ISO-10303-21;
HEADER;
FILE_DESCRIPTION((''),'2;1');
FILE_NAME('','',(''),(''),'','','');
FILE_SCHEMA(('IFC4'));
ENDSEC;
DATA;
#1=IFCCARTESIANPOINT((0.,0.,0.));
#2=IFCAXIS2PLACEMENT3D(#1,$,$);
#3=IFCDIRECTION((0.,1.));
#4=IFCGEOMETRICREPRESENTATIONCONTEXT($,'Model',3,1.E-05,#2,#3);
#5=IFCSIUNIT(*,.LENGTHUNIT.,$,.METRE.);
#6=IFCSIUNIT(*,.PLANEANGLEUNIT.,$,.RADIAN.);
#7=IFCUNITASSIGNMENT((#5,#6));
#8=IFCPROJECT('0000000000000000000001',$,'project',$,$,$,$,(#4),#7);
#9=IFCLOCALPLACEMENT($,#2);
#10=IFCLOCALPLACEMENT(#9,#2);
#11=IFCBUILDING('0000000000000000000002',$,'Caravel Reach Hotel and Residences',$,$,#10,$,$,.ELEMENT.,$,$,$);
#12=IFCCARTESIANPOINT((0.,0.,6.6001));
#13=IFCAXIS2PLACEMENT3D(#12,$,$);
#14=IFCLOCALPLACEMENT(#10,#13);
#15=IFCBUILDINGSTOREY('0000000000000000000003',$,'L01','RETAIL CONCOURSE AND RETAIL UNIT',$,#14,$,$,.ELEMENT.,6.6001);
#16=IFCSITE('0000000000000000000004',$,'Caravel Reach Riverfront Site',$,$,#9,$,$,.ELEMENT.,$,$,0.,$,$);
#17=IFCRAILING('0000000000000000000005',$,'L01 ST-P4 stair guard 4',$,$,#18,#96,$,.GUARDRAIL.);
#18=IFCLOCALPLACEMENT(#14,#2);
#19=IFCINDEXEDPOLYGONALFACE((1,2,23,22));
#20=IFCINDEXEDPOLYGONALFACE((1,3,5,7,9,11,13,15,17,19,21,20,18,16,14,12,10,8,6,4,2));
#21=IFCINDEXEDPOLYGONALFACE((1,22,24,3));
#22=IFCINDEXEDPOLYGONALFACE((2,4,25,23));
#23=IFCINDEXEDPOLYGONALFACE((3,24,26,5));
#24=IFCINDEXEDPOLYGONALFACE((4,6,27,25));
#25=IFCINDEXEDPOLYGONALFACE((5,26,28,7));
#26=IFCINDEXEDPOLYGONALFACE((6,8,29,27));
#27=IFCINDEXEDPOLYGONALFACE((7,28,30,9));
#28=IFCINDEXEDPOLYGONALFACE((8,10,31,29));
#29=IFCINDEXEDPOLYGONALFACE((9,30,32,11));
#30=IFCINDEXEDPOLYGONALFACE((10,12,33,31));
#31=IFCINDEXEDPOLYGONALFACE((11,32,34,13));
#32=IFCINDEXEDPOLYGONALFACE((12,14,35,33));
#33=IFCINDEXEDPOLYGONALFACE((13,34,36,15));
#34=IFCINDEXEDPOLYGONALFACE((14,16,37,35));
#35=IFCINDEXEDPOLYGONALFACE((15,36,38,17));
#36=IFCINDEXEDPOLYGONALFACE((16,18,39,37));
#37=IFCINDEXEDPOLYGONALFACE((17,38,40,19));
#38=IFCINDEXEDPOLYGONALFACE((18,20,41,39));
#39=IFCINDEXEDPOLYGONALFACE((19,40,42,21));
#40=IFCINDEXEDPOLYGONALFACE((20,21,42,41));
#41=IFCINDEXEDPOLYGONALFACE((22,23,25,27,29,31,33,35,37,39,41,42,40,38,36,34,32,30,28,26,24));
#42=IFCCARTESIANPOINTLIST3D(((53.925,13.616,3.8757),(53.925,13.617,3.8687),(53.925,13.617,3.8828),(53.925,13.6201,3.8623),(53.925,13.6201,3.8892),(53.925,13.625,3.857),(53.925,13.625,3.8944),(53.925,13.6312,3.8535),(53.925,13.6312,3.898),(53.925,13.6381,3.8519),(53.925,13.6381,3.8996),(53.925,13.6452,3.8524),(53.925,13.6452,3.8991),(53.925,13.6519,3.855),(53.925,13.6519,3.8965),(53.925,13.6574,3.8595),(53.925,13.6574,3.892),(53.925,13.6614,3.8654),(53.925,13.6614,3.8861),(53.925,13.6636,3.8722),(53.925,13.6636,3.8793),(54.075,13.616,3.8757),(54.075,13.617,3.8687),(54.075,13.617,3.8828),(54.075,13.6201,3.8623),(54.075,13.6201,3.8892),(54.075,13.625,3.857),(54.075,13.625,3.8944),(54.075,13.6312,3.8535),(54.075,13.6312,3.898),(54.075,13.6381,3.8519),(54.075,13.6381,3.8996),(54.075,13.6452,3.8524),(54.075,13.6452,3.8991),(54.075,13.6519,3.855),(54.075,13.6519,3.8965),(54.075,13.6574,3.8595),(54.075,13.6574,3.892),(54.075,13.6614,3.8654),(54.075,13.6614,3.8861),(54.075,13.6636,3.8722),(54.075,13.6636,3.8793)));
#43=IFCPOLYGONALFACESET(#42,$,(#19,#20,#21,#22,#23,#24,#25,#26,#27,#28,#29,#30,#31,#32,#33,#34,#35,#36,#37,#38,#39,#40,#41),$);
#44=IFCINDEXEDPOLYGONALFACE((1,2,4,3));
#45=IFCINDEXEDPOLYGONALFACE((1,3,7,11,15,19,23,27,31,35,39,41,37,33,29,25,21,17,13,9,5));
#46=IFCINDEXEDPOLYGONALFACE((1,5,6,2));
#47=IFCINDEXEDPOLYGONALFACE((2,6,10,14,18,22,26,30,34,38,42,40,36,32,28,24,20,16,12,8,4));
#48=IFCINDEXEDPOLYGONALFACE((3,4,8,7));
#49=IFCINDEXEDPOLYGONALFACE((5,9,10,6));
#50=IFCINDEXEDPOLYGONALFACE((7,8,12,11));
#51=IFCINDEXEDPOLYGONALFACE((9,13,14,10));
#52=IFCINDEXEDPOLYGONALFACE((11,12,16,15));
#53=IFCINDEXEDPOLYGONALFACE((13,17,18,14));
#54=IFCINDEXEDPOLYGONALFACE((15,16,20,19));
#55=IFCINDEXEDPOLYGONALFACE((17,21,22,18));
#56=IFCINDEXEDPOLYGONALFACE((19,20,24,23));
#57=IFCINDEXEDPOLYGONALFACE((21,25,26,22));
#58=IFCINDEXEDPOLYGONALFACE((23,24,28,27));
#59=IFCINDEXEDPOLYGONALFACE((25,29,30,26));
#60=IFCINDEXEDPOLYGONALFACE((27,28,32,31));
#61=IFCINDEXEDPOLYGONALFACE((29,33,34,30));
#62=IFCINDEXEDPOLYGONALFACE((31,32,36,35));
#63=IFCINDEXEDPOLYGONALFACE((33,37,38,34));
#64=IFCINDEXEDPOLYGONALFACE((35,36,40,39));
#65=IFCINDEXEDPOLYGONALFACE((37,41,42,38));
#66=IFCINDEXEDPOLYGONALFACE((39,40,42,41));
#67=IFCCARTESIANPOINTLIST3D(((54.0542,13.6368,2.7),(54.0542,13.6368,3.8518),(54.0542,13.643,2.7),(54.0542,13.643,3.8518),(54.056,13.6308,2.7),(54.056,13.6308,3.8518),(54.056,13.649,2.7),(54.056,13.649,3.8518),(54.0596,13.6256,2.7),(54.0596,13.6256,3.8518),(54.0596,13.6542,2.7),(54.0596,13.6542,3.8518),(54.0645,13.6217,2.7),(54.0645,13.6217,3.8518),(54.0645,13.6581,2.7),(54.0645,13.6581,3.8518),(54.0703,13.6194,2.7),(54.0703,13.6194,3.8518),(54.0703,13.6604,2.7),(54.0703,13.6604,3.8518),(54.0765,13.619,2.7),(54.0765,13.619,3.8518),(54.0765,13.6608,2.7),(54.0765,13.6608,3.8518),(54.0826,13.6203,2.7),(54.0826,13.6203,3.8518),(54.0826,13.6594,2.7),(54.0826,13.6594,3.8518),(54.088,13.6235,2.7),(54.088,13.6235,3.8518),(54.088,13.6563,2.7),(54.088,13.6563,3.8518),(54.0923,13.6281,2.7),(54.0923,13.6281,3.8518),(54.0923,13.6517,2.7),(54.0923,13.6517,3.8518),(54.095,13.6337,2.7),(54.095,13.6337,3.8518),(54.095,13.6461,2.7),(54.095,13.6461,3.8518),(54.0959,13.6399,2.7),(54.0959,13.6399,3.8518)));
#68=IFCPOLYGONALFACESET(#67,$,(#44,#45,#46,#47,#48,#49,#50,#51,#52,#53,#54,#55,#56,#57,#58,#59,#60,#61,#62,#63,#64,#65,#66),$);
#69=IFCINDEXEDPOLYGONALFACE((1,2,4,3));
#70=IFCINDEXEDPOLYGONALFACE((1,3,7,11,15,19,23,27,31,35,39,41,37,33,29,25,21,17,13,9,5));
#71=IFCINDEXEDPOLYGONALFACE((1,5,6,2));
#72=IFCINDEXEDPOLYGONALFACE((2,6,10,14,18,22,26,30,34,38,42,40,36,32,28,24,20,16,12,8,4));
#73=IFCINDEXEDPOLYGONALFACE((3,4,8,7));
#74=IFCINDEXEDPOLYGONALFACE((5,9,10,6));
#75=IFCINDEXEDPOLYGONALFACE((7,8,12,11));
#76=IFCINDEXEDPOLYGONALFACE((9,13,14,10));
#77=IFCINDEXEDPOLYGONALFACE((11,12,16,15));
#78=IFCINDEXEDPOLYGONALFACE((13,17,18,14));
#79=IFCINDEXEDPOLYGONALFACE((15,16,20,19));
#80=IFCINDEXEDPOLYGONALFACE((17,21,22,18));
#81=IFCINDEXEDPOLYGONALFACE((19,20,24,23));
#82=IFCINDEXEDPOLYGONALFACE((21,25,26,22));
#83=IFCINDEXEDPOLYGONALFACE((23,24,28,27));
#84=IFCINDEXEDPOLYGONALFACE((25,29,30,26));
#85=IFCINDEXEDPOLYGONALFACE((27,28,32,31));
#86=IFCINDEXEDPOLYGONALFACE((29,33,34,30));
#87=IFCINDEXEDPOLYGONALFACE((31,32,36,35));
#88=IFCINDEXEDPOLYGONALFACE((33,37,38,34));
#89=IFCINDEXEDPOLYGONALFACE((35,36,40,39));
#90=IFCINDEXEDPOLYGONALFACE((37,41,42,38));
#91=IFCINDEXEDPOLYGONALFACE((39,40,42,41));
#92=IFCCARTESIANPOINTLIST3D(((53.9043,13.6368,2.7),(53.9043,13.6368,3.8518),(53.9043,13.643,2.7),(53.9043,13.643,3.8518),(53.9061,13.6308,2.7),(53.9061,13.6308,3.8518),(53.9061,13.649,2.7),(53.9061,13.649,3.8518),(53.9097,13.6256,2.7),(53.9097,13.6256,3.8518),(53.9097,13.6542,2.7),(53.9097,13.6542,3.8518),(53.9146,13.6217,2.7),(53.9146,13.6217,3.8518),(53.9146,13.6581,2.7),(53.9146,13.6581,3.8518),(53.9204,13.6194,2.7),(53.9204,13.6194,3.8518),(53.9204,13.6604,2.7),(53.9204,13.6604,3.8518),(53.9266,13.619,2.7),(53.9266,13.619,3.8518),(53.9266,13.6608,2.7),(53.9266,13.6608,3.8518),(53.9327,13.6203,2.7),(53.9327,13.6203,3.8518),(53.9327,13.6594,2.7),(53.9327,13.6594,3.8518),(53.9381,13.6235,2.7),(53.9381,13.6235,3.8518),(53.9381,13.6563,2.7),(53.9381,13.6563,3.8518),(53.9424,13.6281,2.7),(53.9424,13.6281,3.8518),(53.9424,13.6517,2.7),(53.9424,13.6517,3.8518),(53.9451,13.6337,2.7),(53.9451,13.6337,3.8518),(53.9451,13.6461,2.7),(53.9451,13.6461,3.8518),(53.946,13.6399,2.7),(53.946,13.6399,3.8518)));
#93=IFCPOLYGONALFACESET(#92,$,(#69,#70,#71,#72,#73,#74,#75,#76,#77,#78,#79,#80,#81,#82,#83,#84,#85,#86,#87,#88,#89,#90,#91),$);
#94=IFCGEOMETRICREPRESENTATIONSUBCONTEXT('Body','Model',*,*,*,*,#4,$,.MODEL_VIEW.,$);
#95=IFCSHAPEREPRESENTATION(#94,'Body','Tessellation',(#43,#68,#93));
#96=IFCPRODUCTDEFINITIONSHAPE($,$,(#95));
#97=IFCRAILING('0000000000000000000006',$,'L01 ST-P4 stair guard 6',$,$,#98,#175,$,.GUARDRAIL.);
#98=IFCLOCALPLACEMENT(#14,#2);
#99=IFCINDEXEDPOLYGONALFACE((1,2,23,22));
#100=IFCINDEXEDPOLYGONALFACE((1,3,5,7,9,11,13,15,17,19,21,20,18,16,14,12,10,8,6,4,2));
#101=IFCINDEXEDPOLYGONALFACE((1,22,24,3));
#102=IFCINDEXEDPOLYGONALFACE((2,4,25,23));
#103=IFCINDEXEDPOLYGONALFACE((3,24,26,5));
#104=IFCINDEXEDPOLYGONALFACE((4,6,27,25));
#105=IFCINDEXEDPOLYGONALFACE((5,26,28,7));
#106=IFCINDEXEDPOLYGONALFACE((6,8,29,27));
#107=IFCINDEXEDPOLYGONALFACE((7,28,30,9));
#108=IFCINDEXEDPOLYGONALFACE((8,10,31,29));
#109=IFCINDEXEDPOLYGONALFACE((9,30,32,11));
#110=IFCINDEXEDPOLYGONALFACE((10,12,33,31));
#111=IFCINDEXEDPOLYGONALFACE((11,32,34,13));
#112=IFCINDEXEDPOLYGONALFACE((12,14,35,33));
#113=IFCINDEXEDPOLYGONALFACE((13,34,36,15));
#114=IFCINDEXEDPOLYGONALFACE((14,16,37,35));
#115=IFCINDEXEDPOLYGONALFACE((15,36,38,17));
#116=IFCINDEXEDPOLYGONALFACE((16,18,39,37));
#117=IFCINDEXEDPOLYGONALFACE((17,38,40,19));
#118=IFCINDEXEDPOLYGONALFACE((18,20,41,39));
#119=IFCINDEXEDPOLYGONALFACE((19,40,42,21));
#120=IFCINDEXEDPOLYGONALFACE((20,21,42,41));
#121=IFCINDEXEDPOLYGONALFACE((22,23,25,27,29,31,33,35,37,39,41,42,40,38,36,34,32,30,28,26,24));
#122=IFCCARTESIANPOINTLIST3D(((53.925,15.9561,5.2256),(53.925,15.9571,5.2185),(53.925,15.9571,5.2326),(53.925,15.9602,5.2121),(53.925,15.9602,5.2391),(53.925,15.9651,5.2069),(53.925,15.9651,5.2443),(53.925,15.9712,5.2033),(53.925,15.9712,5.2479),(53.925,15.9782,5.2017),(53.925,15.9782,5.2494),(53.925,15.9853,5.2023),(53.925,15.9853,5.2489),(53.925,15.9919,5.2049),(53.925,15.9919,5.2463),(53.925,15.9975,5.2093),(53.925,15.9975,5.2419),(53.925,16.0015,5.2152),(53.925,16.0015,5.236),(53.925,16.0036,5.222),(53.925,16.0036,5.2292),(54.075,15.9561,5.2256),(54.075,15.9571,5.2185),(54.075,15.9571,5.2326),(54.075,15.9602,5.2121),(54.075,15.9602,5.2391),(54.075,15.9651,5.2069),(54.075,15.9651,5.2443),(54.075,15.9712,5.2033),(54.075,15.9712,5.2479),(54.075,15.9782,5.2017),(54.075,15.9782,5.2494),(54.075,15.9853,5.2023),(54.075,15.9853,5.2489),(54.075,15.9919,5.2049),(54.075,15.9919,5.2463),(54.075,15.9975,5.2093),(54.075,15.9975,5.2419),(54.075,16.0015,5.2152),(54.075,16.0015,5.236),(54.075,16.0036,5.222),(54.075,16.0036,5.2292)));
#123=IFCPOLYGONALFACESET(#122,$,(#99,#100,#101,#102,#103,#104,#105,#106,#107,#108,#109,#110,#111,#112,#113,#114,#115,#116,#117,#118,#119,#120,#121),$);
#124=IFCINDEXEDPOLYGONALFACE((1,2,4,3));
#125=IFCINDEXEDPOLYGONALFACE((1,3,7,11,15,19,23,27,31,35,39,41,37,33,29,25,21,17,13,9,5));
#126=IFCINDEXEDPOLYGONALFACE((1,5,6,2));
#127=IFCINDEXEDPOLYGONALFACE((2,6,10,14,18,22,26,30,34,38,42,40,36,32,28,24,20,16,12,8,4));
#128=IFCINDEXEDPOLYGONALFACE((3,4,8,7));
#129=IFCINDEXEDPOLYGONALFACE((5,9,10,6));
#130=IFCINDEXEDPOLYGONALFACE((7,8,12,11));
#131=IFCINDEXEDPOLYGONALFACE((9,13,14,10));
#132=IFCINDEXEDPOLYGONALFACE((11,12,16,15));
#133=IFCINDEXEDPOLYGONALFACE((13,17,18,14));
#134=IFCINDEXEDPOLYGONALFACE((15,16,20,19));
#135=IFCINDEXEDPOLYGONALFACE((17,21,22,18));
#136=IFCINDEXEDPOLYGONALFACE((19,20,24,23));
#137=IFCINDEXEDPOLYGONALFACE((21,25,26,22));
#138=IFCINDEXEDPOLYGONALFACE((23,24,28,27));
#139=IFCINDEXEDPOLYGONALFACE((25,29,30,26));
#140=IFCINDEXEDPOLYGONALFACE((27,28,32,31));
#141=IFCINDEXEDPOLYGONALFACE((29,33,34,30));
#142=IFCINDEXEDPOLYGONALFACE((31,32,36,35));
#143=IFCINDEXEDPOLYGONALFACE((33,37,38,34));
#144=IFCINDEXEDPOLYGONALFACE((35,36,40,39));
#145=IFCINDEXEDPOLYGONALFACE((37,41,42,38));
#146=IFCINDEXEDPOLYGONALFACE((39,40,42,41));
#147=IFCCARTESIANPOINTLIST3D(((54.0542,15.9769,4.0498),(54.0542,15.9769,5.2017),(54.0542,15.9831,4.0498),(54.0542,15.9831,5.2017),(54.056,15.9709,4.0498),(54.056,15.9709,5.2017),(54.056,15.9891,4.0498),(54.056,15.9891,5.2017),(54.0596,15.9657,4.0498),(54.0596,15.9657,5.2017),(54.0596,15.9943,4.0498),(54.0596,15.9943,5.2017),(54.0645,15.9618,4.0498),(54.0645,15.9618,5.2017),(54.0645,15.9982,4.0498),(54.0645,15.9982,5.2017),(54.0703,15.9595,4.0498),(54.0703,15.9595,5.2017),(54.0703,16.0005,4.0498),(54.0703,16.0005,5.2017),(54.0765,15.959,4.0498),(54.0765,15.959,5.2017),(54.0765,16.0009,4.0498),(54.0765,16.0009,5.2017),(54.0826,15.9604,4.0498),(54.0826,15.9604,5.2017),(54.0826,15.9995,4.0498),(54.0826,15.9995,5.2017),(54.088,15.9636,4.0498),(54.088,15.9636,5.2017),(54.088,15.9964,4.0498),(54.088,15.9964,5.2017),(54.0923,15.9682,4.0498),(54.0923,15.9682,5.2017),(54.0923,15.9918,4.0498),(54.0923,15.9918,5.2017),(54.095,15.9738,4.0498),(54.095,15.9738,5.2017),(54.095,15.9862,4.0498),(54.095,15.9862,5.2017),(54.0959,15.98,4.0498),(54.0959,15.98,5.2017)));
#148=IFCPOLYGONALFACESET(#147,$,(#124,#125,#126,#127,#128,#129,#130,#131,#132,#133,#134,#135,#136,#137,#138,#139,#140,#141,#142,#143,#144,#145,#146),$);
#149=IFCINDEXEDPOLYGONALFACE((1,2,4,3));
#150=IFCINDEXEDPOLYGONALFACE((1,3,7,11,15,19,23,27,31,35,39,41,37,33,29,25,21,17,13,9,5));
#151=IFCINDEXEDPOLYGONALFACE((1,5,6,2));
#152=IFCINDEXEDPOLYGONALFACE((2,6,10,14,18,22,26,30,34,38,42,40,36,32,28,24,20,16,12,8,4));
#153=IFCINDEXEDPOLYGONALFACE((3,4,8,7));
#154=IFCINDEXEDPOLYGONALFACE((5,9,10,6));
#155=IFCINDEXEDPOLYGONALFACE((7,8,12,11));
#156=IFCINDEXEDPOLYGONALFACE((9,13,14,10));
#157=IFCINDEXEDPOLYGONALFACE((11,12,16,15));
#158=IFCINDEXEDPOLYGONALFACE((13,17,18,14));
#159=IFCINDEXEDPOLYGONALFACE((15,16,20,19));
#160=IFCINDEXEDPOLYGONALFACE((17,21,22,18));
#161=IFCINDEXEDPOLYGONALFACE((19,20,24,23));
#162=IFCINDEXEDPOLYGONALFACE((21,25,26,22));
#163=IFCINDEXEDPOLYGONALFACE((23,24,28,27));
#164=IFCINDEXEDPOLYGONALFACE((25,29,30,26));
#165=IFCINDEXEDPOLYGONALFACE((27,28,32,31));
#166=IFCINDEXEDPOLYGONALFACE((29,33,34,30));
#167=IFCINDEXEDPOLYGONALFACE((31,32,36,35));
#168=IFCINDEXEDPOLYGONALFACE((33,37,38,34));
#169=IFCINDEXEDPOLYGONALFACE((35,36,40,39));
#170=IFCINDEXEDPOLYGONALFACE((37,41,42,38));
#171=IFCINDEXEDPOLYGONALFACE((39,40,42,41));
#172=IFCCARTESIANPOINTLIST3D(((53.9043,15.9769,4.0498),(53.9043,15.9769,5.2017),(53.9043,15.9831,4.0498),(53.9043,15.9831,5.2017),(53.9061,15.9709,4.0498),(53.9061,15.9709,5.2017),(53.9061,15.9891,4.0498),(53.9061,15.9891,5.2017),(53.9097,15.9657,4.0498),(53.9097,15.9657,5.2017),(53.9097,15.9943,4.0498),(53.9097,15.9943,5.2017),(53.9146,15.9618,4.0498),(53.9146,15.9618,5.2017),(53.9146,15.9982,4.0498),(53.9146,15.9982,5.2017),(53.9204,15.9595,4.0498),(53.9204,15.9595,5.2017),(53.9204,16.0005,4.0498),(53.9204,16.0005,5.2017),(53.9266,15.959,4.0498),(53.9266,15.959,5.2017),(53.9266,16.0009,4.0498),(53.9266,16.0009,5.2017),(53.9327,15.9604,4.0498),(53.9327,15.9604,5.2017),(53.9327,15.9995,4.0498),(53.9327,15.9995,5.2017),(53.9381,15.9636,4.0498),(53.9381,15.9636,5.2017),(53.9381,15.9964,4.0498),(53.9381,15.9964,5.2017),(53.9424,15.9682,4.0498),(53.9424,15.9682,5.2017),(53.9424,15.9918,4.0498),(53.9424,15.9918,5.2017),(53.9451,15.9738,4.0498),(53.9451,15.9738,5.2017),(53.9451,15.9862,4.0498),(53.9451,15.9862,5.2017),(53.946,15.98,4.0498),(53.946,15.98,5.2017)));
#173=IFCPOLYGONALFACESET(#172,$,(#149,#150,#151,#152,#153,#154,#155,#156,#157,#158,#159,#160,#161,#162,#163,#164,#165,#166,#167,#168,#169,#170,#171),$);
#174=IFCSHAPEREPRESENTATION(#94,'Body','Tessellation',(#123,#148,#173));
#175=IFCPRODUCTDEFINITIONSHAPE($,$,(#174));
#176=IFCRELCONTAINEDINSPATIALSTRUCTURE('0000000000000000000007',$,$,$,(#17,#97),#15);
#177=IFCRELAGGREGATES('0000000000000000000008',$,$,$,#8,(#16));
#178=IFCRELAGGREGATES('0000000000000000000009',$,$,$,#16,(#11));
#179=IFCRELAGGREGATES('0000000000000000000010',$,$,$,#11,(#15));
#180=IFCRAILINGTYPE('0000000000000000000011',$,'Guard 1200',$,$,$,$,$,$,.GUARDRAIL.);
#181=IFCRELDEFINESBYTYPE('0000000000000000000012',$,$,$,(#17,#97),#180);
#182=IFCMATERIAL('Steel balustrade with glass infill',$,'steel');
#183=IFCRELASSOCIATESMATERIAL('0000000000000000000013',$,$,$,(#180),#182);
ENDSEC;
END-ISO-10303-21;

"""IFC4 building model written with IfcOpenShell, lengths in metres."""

from ifc_helpers import new_model, si_unit, direction, frame, origin, origin_2d, place, context, subcontext, project, spatial, circle, extrude, material, type_object, element, save


model = new_model("IFC4")

# Units and contexts
model_context = context("Model", 3, precision=1e-05, world=origin(), true_north=direction((0.0, 1.0)))
body_context = subcontext(model_context, "Body", "Model", "MODEL_VIEW")
ifc_project = project(units=[si_unit("LENGTHUNIT", "METRE"), si_unit("PLANEANGLEUNIT", "RADIAN")], contexts=[model_context])

# Site, building, storey
site_placement = place(None, origin())
site = spatial("IfcSite", under=ifc_project, at=site_placement, Name="Caravel Reach Riverfront Site", CompositionType="ELEMENT", RefElevation=0.0)
building_placement = place(site_placement, origin())
building = spatial("IfcBuilding", under=site, at=building_placement, Name="Caravel Reach Hotel and Residences", CompositionType="ELEMENT")
storey_placement = place(building_placement, frame((0.0, 0.0, 6.6001)))
storey = spatial("IfcBuildingStorey", under=building, at=storey_placement, Name="L01", Description="RETAIL CONCOURSE AND RETAIL UNIT", CompositionType="ELEMENT", Elevation=6.6001)

# Railings
ifc_material_1 = material(Name="Steel balustrade with glass infill", Category="steel")
railing_type_1 = type_object("IfcRailingType", Name="Guard 1200", PredefinedType="GUARDRAIL", material=ifc_material_1)
for number, where, name in (
    (1, (54.075, 13.6399, 2.7), "L01 ST-P4 stair guard 4"),
    (2, (54.075, 15.98, 4.0498), "L01 ST-P4 stair guard 6"),
):
    element("IfcRailing", number, at=place(storey_placement, frame(where)), inside=storey, type_object=railing_type_1, Name=name, PredefinedType="GUARDRAIL", context=body_context, shape_type="SweptSolid", body=[
        extrude(circle(Radius=0.0239, at=origin_2d()), frame((0.0, 0.0, 1.1758), z_axis=(-1.0, 0.0, 0.0), x_axis=(0.0, -1.0, 0.0)), (0.0, 0.0, 1.0), 0.1499),
        extrude(circle(Radius=0.021, at=origin_2d()), origin(), (0.0, 0.0, 1.0), 1.1519),
        extrude(circle(Radius=0.021, at=origin_2d()), frame((-0.1499, 0.0, 0.0)), (0.0, 0.0, 1.0), 1.1519),
    ])

save(model, "model.ifc")
